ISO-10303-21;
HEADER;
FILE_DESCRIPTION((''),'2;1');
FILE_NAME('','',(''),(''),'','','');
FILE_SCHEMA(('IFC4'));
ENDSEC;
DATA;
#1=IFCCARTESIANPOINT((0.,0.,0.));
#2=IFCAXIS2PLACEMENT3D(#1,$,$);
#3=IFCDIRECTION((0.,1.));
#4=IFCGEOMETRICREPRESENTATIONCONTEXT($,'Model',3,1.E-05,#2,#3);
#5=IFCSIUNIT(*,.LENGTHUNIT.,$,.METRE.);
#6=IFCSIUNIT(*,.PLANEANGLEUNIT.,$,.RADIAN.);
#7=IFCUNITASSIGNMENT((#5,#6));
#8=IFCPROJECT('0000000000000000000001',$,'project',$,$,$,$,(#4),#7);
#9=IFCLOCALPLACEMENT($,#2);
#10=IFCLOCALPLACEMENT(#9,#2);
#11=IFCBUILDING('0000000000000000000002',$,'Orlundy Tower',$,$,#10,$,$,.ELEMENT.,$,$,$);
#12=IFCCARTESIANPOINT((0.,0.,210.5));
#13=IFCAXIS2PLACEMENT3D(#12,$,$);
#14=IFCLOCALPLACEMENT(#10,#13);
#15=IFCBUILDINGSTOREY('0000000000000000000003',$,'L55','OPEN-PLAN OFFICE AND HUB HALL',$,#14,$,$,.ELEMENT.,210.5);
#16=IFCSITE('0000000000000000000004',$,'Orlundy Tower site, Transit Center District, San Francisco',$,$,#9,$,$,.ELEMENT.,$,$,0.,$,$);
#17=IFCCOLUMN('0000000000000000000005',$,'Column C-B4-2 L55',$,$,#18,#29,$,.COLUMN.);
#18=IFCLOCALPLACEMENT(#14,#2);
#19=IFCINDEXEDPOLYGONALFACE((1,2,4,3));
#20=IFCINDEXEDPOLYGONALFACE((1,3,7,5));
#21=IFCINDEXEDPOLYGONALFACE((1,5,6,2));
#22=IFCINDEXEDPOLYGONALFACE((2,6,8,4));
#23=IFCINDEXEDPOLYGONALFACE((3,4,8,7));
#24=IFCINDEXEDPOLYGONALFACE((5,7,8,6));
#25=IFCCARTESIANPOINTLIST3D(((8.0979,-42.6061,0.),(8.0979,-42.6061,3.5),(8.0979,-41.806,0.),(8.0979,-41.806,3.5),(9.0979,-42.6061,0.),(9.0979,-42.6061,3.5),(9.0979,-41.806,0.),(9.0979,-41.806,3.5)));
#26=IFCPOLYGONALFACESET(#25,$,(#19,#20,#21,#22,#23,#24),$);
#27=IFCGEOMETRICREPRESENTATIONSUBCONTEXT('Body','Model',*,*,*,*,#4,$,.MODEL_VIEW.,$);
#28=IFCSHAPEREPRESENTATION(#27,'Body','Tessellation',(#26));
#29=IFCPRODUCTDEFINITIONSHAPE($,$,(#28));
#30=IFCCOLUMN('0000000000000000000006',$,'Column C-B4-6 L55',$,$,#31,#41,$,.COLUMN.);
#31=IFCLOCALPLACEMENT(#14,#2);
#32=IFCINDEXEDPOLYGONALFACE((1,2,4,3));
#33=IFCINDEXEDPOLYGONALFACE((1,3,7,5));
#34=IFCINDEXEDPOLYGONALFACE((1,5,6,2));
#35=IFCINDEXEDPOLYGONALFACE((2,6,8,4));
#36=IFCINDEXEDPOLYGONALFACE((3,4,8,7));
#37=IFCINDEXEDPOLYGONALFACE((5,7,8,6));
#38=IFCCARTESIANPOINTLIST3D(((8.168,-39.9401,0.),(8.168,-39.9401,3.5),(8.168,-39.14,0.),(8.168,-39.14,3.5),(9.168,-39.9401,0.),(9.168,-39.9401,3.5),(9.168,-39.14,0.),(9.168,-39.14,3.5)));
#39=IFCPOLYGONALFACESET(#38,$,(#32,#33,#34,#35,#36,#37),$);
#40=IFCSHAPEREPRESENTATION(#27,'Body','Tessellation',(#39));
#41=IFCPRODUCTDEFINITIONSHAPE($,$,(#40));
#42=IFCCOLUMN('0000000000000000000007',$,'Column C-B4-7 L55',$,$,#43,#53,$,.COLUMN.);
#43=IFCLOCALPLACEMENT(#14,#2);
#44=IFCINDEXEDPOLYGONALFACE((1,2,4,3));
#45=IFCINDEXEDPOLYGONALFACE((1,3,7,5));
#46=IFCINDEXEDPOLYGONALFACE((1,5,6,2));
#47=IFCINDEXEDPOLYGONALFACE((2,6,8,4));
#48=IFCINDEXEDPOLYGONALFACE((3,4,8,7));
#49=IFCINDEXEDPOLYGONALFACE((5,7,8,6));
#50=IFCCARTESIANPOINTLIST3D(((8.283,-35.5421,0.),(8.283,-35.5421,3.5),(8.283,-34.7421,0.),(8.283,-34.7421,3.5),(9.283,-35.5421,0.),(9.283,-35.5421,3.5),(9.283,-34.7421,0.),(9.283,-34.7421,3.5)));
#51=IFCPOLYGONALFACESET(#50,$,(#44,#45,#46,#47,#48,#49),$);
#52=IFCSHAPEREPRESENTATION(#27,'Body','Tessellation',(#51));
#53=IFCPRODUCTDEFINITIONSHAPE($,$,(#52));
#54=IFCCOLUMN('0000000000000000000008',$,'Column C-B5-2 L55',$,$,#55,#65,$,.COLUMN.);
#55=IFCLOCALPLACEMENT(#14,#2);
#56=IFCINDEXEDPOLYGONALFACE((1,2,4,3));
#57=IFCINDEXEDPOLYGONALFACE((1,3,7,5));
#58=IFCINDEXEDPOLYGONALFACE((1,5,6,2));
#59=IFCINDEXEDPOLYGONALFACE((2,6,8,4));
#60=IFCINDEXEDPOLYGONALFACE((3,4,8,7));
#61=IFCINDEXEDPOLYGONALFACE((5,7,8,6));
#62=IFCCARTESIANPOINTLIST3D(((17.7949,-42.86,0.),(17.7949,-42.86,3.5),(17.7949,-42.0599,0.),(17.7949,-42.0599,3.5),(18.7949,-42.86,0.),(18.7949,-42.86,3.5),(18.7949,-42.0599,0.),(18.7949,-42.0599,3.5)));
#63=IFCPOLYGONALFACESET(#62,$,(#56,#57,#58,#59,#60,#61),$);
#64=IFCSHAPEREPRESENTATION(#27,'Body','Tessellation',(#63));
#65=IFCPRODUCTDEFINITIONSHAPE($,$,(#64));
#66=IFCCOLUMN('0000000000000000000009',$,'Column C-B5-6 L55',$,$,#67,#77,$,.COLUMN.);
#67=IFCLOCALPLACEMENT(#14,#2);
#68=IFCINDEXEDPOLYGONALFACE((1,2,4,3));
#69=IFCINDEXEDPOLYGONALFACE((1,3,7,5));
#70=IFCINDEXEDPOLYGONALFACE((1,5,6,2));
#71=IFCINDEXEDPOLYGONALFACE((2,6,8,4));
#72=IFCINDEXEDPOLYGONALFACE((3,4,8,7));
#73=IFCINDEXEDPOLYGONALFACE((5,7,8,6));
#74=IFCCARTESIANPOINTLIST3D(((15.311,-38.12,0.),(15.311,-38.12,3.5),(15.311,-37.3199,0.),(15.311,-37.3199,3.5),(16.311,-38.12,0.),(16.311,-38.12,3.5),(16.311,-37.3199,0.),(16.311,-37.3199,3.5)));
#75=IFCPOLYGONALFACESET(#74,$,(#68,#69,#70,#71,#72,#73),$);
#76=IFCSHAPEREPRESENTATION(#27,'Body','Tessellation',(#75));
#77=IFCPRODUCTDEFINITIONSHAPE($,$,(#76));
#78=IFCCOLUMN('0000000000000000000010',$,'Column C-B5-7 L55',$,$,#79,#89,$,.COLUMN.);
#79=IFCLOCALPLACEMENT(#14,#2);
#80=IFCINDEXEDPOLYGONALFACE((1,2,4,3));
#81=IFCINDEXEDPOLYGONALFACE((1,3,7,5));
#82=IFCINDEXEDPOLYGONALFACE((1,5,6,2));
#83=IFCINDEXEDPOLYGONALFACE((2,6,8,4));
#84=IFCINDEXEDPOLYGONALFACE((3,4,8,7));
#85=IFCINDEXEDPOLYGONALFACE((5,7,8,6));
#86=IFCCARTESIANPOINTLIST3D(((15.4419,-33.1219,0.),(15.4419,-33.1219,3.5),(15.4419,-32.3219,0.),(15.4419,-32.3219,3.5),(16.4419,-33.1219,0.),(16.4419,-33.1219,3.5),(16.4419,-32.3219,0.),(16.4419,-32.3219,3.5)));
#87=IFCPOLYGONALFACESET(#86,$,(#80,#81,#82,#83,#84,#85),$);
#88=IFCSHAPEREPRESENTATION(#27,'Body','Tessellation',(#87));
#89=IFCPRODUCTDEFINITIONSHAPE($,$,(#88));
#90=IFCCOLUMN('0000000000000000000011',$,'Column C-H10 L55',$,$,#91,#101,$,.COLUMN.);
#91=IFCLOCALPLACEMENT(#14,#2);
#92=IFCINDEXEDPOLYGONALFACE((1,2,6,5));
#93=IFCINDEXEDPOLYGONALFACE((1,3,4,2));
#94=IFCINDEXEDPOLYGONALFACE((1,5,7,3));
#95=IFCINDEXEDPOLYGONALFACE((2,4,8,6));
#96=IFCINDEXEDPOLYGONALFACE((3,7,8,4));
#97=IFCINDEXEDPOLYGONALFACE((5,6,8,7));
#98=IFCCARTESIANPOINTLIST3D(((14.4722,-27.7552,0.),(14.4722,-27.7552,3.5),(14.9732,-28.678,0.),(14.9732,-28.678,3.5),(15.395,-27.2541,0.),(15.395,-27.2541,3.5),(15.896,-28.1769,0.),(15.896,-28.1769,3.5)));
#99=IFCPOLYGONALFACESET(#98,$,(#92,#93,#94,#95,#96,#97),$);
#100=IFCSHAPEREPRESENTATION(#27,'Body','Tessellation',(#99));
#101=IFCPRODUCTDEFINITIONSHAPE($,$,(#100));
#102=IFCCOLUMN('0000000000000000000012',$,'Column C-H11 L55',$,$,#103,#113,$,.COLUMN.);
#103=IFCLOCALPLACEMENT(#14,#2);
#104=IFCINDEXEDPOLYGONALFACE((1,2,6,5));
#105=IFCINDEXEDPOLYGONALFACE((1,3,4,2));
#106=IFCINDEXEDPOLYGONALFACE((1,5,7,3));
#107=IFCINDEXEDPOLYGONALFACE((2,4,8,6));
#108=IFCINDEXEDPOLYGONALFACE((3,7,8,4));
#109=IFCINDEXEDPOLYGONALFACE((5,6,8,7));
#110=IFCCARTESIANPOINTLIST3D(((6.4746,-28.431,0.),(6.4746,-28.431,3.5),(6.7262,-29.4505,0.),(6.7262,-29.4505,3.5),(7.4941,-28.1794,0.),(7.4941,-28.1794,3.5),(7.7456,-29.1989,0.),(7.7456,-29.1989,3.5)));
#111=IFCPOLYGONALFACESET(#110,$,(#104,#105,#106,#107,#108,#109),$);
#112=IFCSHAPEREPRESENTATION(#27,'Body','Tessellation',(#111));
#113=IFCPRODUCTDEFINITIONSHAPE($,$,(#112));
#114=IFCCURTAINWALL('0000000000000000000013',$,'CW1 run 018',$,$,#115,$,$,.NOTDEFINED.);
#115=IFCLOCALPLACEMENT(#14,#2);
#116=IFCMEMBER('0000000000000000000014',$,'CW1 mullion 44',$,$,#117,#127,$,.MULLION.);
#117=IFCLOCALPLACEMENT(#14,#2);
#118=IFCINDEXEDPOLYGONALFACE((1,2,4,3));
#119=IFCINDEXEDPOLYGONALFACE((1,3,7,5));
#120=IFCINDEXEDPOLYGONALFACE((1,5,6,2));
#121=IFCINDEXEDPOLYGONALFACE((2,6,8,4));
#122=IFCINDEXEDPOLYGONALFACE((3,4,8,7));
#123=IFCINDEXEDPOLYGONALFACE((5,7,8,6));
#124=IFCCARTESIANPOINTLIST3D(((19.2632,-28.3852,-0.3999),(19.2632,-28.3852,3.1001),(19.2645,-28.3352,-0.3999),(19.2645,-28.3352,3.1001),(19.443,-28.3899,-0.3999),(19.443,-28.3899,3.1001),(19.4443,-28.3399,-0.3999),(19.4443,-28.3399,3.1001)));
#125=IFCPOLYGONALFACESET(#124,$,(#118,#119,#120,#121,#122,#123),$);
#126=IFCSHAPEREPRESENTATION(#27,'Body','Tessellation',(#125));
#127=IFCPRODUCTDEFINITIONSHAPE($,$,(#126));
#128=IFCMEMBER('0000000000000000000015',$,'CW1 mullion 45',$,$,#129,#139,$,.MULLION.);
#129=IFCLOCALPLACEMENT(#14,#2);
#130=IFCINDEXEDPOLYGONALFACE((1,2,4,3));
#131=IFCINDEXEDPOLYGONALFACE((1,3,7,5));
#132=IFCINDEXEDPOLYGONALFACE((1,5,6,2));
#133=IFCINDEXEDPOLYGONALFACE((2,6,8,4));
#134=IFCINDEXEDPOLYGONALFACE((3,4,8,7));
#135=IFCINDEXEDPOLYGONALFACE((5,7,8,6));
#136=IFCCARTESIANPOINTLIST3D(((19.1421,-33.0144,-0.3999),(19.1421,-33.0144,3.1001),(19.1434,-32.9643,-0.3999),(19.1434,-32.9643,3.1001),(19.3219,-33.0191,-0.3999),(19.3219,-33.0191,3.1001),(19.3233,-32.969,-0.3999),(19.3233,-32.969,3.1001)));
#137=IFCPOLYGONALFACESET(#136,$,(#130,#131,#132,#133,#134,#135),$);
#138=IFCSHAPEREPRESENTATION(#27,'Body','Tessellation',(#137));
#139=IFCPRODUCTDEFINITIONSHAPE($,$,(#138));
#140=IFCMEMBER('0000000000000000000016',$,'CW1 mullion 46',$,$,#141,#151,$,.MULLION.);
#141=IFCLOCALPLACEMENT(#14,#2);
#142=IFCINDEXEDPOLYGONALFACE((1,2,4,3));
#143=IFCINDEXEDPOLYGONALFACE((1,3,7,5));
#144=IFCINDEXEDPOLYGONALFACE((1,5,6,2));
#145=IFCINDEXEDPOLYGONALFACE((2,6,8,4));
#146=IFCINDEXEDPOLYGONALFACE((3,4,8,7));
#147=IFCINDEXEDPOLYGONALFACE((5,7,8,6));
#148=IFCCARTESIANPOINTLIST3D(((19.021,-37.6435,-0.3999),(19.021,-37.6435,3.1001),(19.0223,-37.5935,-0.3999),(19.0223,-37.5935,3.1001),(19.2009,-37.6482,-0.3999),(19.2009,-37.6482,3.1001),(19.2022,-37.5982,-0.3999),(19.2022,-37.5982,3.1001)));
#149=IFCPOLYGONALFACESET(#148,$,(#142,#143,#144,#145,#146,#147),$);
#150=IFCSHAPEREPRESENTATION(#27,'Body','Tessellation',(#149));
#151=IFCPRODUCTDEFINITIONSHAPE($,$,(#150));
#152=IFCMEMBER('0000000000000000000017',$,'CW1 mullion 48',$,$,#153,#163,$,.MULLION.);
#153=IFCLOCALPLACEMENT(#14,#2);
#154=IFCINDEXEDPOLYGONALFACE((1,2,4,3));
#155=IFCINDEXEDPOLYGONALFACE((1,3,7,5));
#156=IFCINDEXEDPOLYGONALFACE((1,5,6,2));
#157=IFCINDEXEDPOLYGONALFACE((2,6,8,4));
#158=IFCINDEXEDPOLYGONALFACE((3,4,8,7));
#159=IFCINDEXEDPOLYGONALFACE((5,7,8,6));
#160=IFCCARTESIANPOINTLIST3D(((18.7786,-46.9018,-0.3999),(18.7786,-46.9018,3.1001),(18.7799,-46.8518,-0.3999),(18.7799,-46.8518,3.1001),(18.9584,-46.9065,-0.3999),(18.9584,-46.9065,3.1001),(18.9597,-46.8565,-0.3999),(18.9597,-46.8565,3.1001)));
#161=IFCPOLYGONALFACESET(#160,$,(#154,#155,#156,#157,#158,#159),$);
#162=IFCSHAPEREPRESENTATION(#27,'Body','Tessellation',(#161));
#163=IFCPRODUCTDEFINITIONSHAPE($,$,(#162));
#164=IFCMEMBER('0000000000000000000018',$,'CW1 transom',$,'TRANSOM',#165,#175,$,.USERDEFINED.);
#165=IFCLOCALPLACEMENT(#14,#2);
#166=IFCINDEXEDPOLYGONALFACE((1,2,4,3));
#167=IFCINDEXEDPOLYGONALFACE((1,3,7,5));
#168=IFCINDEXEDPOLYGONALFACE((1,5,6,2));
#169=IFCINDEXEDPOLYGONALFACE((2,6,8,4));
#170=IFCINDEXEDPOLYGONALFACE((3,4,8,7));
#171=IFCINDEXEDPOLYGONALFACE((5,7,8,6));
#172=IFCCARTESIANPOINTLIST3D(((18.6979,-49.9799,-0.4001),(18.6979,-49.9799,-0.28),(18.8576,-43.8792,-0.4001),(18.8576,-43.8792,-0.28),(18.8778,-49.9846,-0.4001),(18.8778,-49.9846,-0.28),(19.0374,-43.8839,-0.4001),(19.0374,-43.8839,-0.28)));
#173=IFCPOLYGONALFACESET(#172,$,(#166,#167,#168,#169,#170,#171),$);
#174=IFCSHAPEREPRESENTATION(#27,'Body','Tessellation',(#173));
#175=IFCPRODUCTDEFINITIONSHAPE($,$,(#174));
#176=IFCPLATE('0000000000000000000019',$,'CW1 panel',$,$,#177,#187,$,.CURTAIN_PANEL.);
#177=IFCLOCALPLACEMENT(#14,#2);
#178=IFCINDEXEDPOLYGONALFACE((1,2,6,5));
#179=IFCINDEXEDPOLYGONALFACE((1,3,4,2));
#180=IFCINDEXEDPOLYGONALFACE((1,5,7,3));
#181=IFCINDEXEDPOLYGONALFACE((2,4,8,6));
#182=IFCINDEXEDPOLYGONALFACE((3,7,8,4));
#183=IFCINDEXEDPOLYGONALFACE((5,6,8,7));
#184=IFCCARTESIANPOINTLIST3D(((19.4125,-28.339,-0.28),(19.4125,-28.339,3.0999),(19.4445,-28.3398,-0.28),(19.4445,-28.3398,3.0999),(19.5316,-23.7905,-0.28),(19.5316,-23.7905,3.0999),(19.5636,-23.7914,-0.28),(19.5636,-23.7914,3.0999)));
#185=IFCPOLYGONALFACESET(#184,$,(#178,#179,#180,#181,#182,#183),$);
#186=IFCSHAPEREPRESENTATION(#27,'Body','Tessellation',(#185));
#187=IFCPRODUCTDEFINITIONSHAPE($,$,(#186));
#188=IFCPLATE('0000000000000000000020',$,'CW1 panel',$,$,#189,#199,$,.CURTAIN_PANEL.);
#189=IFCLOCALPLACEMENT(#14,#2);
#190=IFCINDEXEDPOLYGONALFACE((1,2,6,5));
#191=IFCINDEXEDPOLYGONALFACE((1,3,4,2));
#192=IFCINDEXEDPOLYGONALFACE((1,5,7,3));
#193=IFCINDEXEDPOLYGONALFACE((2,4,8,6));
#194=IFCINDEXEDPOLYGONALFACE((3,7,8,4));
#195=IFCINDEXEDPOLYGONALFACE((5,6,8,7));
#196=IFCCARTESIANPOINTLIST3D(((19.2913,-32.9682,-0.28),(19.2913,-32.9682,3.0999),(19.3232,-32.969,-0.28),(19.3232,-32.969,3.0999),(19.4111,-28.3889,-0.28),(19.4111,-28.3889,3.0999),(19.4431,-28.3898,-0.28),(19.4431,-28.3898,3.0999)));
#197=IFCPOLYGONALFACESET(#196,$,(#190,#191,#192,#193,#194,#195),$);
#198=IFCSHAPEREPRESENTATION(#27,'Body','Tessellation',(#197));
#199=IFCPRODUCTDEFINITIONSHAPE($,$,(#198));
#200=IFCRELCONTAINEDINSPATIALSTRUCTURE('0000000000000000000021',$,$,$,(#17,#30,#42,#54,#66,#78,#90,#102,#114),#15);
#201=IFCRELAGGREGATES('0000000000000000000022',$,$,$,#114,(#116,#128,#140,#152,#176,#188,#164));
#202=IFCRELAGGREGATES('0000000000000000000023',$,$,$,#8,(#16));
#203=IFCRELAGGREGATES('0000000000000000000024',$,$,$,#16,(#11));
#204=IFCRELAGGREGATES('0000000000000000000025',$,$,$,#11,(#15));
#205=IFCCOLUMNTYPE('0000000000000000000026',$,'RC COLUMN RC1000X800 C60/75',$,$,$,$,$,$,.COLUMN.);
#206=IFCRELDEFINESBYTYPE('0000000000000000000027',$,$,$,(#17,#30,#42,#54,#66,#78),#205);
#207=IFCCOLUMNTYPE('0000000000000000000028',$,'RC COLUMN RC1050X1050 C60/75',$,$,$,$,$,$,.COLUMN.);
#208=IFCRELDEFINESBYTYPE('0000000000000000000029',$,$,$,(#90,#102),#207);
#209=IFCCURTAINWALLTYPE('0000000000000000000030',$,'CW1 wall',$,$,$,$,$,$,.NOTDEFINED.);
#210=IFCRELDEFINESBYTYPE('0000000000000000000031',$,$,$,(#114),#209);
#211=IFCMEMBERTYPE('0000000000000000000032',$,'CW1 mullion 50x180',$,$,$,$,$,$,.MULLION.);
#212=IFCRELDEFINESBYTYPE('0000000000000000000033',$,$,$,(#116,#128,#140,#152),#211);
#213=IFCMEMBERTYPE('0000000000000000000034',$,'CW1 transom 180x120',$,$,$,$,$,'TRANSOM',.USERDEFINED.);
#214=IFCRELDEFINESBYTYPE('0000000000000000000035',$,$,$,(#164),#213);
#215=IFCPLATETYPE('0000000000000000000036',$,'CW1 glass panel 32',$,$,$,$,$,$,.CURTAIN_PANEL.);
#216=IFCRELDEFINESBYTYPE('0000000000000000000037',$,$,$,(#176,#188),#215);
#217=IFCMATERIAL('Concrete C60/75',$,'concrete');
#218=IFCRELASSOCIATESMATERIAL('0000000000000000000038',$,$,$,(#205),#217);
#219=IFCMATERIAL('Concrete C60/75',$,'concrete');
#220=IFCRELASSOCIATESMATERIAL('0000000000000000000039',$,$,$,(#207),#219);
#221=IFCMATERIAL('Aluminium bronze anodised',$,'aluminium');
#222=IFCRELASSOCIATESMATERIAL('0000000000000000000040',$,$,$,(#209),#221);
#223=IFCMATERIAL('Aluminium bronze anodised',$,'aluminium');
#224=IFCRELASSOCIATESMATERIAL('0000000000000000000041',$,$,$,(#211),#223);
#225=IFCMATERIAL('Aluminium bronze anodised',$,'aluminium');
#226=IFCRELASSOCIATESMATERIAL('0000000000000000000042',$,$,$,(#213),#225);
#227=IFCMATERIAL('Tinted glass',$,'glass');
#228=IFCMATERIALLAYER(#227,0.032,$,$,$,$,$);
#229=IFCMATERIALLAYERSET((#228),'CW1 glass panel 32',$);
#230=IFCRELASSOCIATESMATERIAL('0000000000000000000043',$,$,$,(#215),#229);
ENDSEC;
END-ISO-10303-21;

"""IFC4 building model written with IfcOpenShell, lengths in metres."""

from ifc_helpers import new_model, si_unit, direction, frame, origin, origin_2d, place, context, subcontext, project, spatial, rectangle, extrude, material, layer, layer_set, material_profile, profile_set, type_object, element, aggregate, save


model = new_model("IFC4")

# Units and contexts
model_context = context("Model", 3, precision=1e-05, world=origin(), true_north=direction((0.0, 1.0)))
body_context = subcontext(model_context, "Body", "Model", "MODEL_VIEW")
ifc_project = project(units=[si_unit("LENGTHUNIT", "METRE"), si_unit("PLANEANGLEUNIT", "RADIAN")], contexts=[model_context])

# Site, building, storey
site_placement = place(None, origin())
site = spatial("IfcSite", under=ifc_project, at=site_placement, Name="Orlundy Tower site, Transit Center District, San Francisco", CompositionType="ELEMENT", RefElevation=0.0)
building_placement = place(site_placement, origin())
building = spatial("IfcBuilding", under=site, at=building_placement, Name="Orlundy Tower", CompositionType="ELEMENT")
storey_placement = place(building_placement, frame((0.0, 0.0, 210.5)))
storey = spatial("IfcBuildingStorey", under=building, at=storey_placement, Name="L55", Description="OPEN-PLAN OFFICE AND HUB HALL", CompositionType="ELEMENT", Elevation=210.5)

# Columns
ifc_material_1 = material(Name="Concrete C60/75", Category="concrete")
ifc_material_profile_1 = material_profile(ifc_material_1, rectangle(XDim=1.0, YDim=0.8, at=origin_2d()), Name="RC1000X800")
ifc_profile_set_1 = profile_set([ifc_material_profile_1], Name="Concrete C60/75")
column_type_1 = type_object("IfcColumnType", Name="RC COLUMN RC1000X800 C60/75", PredefinedType="COLUMN", material=ifc_profile_set_1)
for number, where, z_axis, x_axis, name in (
    (1, (8.5979, -42.2061, 0.0), (0.0, 0.0, 1.0), (1.0, 0.0, 0.0), "Column C-B4-2 L55"),
    (2, (8.668, -39.54, 0.0), (0.0, 0.0, 1.0), (1.0, 0.0, 0.0), "Column C-B4-6 L55"),
    (3, (8.783, -35.1421, 0.0), (0.0, 0.0, 1.0), (1.0, 0.0, 0.0), "Column C-B4-7 L55"),
    (4, (18.2949, -42.46, 0.0), (0.0, 0.0, 1.0), (1.0, 0.0, 0.0), "Column C-B5-2 L55"),
    (5, (15.811, -37.72, 0.0), (0.0, 0.0, 1.0), (1.0, 0.0, 0.0), "Column C-B5-6 L55"),
    (6, (15.9419, -32.7219, 0.0), (0.0, 0.0, 1.0), (1.0, 0.0, 0.0), "Column C-B5-7 L55"),
):
    element("IfcColumn", number, at=place(storey_placement, frame(where, z_axis=z_axis, x_axis=x_axis)), inside=storey, type_object=column_type_1, Name=name, PredefinedType="COLUMN", context=body_context, shape_type="SweptSolid", body=[
        extrude(rectangle(XDim=1.0, YDim=0.8, at=origin_2d()), origin(), (0.0, 0.0, 1.0), 3.5),
    ])
ifc_material_2 = material(Name="Concrete C60/75", Category="concrete")
ifc_material_profile_2 = material_profile(ifc_material_2, rectangle(XDim=1.05, YDim=1.05, at=origin_2d()), Name="RC1050X1050")
ifc_profile_set_2 = profile_set([ifc_material_profile_2], Name="Concrete C60/75")
column_type_2 = type_object("IfcColumnType", Name="RC COLUMN RC1050X1050 C60/75", PredefinedType="COLUMN", material=ifc_profile_set_2)
for number, where, z_axis, x_axis, name in (
    (7, (15.1841, -27.9661, 0.0), (0.0, 0.0, 1.0), (0.477159, -0.878817, 0.0), "Column C-H10 L55"),
    (8, (7.1101, -28.8149, 0.0), (0.0, 0.0, 1.0), (0.239567, -0.97088, 0.0), "Column C-H11 L55"),
):
    element("IfcColumn", number, at=place(storey_placement, frame(where, z_axis=z_axis, x_axis=x_axis)), inside=storey, type_object=column_type_2, Name=name, PredefinedType="COLUMN", context=body_context, shape_type="SweptSolid", body=[
        extrude(rectangle(XDim=1.05, YDim=1.05, at=origin_2d()), origin(), (0.0, 0.0, 1.0), 3.5),
    ])

# Curtain wall, members, plates
ifc_material_3 = material(Name="Aluminium bronze anodised", Category="aluminium")
curtain_wall_type = type_object("IfcCurtainWallType", Name="CW1 wall", PredefinedType="NOTDEFINED", material=ifc_material_3)
curtain_wall_placement = place(storey_placement, origin())
curtain_wall = element("IfcCurtainWall", 9, at=curtain_wall_placement, inside=storey, type_object=curtain_wall_type, Name="CW1 run 018", PredefinedType="NOTDEFINED")
ifc_material_4 = material(Name="Aluminium bronze anodised", Category="aluminium")
ifc_material_profile_3 = material_profile(ifc_material_4, rectangle(XDim=0.1799, YDim=0.05, at=origin_2d()), Name="CW1 mullion 50x180")
ifc_profile_set_3 = profile_set([ifc_material_profile_3], Name="Aluminium bronze anodised")
member_type_1 = type_object("IfcMemberType", Name="CW1 mullion 50x180", PredefinedType="MULLION", material=ifc_profile_set_3)
member_1_placement = place(storey_placement, frame((19.3538, -28.3625, -0.3999), z_axis=(0.0, 0.0, 1.0), x_axis=(0.999658, -0.026166, 0.0)))
member_1 = element("IfcMember", 10, at=member_1_placement, type_object=member_type_1, Name="CW1 mullion 44", PredefinedType="MULLION", context=body_context, shape_type="SweptSolid", body=[
    extrude(rectangle(XDim=0.1799, YDim=0.05, at=origin_2d()), origin(), (0.0, 0.0, 1.0), 3.5),
])
member_2_placement = place(storey_placement, frame((19.2327, -32.9917, -0.3999), z_axis=(0.0, 0.0, 1.0), x_axis=(0.999658, -0.026166, 0.0)))
member_2 = element("IfcMember", 11, at=member_2_placement, type_object=member_type_1, Name="CW1 mullion 45", PredefinedType="MULLION", context=body_context, shape_type="SweptSolid", body=[
    extrude(rectangle(XDim=0.1799, YDim=0.05, at=origin_2d()), origin(), (0.0, 0.0, 1.0), 3.5),
])
member_3_placement = place(storey_placement, frame((19.1116, -37.6208, -0.3999), z_axis=(0.0, 0.0, 1.0), x_axis=(0.999658, -0.026166, 0.0)))
member_3 = element("IfcMember", 12, at=member_3_placement, type_object=member_type_1, Name="CW1 mullion 46", PredefinedType="MULLION", context=body_context, shape_type="SweptSolid", body=[
    extrude(rectangle(XDim=0.1799, YDim=0.05, at=origin_2d()), origin(), (0.0, 0.0, 1.0), 3.5),
])
member_4_placement = place(storey_placement, frame((18.8691, -46.8792, -0.3999), z_axis=(0.0, 0.0, 1.0), x_axis=(0.999658, -0.026166, 0.0)))
member_4 = element("IfcMember", 13, at=member_4_placement, type_object=member_type_1, Name="CW1 mullion 48", PredefinedType="MULLION", context=body_context, shape_type="SweptSolid", body=[
    extrude(rectangle(XDim=0.1799, YDim=0.05, at=origin_2d()), origin(), (0.0, 0.0, 1.0), 3.5),
])
ifc_material_5 = material(Name="Aluminium bronze anodised", Category="aluminium")
ifc_material_profile_4 = material_profile(ifc_material_5, rectangle(XDim=0.1799, YDim=0.1201, at=origin_2d()), Name="CW1 transom 180x120")
ifc_profile_set_4 = profile_set([ifc_material_profile_4], Name="Aluminium bronze anodised")
member_type_2 = type_object("IfcMemberType", Name="CW1 transom 180x120", ElementType="TRANSOM", PredefinedType="USERDEFINED", material=ifc_profile_set_4)
member_5_placement = place(storey_placement, frame((18.9475, -43.8816, -0.3401), z_axis=(-0.026164, -0.999658, 0.0), x_axis=(0.999658, -0.026164, 0.0)))
member_5 = element("IfcMember", 14, at=member_5_placement, type_object=member_type_2, Name="CW1 transom", ObjectType="TRANSOM", PredefinedType="USERDEFINED", context=body_context, shape_type="SweptSolid", body=[
    extrude(rectangle(XDim=0.1799, YDim=0.1201, at=origin_2d()), origin(), (0.0, 0.0, 1.0), 6.1028),
])
ifc_material_6 = material(Name="Tinted glass", Category="glass")
ifc_layer_1 = layer(ifc_material_6, 0.032)
ifc_layer_set_1 = layer_set([ifc_layer_1], Name="CW1 glass panel 32")
plate_type = type_object("IfcPlateType", Name="CW1 glass panel 32", PredefinedType="CURTAIN_PANEL", material=ifc_layer_set_1)
plate_1_placement = place(storey_placement, frame((19.488, -26.0652, -0.28), z_axis=(0.0, 0.0, 1.0), x_axis=(-0.026166, -0.999658, 0.0)))
plate_1 = element("IfcPlate", 15, at=plate_1_placement, type_object=plate_type, Name="CW1 panel", PredefinedType="CURTAIN_PANEL", context=body_context, shape_type="SweptSolid", body=[
    extrude(rectangle(XDim=4.55, YDim=0.032, at=origin_2d()), origin(), (0.0, 0.0, 1.0), 3.3799),
])
plate_2_placement = place(storey_placement, frame((19.3672, -30.679, -0.28), z_axis=(0.0, 0.0, 1.0), x_axis=(-0.026166, -0.999658, 0.0)))
plate_2 = element("IfcPlate", 16, at=plate_2_placement, type_object=plate_type, Name="CW1 panel", PredefinedType="CURTAIN_PANEL", context=body_context, shape_type="SweptSolid", body=[
    extrude(rectangle(XDim=4.5808, YDim=0.032, at=origin_2d()), origin(), (0.0, 0.0, 1.0), 3.3799),
])
aggregate(curtain_wall, [member_1, member_2, member_3, member_4, plate_1, plate_2, member_5])

save(model, "model.ifc")
